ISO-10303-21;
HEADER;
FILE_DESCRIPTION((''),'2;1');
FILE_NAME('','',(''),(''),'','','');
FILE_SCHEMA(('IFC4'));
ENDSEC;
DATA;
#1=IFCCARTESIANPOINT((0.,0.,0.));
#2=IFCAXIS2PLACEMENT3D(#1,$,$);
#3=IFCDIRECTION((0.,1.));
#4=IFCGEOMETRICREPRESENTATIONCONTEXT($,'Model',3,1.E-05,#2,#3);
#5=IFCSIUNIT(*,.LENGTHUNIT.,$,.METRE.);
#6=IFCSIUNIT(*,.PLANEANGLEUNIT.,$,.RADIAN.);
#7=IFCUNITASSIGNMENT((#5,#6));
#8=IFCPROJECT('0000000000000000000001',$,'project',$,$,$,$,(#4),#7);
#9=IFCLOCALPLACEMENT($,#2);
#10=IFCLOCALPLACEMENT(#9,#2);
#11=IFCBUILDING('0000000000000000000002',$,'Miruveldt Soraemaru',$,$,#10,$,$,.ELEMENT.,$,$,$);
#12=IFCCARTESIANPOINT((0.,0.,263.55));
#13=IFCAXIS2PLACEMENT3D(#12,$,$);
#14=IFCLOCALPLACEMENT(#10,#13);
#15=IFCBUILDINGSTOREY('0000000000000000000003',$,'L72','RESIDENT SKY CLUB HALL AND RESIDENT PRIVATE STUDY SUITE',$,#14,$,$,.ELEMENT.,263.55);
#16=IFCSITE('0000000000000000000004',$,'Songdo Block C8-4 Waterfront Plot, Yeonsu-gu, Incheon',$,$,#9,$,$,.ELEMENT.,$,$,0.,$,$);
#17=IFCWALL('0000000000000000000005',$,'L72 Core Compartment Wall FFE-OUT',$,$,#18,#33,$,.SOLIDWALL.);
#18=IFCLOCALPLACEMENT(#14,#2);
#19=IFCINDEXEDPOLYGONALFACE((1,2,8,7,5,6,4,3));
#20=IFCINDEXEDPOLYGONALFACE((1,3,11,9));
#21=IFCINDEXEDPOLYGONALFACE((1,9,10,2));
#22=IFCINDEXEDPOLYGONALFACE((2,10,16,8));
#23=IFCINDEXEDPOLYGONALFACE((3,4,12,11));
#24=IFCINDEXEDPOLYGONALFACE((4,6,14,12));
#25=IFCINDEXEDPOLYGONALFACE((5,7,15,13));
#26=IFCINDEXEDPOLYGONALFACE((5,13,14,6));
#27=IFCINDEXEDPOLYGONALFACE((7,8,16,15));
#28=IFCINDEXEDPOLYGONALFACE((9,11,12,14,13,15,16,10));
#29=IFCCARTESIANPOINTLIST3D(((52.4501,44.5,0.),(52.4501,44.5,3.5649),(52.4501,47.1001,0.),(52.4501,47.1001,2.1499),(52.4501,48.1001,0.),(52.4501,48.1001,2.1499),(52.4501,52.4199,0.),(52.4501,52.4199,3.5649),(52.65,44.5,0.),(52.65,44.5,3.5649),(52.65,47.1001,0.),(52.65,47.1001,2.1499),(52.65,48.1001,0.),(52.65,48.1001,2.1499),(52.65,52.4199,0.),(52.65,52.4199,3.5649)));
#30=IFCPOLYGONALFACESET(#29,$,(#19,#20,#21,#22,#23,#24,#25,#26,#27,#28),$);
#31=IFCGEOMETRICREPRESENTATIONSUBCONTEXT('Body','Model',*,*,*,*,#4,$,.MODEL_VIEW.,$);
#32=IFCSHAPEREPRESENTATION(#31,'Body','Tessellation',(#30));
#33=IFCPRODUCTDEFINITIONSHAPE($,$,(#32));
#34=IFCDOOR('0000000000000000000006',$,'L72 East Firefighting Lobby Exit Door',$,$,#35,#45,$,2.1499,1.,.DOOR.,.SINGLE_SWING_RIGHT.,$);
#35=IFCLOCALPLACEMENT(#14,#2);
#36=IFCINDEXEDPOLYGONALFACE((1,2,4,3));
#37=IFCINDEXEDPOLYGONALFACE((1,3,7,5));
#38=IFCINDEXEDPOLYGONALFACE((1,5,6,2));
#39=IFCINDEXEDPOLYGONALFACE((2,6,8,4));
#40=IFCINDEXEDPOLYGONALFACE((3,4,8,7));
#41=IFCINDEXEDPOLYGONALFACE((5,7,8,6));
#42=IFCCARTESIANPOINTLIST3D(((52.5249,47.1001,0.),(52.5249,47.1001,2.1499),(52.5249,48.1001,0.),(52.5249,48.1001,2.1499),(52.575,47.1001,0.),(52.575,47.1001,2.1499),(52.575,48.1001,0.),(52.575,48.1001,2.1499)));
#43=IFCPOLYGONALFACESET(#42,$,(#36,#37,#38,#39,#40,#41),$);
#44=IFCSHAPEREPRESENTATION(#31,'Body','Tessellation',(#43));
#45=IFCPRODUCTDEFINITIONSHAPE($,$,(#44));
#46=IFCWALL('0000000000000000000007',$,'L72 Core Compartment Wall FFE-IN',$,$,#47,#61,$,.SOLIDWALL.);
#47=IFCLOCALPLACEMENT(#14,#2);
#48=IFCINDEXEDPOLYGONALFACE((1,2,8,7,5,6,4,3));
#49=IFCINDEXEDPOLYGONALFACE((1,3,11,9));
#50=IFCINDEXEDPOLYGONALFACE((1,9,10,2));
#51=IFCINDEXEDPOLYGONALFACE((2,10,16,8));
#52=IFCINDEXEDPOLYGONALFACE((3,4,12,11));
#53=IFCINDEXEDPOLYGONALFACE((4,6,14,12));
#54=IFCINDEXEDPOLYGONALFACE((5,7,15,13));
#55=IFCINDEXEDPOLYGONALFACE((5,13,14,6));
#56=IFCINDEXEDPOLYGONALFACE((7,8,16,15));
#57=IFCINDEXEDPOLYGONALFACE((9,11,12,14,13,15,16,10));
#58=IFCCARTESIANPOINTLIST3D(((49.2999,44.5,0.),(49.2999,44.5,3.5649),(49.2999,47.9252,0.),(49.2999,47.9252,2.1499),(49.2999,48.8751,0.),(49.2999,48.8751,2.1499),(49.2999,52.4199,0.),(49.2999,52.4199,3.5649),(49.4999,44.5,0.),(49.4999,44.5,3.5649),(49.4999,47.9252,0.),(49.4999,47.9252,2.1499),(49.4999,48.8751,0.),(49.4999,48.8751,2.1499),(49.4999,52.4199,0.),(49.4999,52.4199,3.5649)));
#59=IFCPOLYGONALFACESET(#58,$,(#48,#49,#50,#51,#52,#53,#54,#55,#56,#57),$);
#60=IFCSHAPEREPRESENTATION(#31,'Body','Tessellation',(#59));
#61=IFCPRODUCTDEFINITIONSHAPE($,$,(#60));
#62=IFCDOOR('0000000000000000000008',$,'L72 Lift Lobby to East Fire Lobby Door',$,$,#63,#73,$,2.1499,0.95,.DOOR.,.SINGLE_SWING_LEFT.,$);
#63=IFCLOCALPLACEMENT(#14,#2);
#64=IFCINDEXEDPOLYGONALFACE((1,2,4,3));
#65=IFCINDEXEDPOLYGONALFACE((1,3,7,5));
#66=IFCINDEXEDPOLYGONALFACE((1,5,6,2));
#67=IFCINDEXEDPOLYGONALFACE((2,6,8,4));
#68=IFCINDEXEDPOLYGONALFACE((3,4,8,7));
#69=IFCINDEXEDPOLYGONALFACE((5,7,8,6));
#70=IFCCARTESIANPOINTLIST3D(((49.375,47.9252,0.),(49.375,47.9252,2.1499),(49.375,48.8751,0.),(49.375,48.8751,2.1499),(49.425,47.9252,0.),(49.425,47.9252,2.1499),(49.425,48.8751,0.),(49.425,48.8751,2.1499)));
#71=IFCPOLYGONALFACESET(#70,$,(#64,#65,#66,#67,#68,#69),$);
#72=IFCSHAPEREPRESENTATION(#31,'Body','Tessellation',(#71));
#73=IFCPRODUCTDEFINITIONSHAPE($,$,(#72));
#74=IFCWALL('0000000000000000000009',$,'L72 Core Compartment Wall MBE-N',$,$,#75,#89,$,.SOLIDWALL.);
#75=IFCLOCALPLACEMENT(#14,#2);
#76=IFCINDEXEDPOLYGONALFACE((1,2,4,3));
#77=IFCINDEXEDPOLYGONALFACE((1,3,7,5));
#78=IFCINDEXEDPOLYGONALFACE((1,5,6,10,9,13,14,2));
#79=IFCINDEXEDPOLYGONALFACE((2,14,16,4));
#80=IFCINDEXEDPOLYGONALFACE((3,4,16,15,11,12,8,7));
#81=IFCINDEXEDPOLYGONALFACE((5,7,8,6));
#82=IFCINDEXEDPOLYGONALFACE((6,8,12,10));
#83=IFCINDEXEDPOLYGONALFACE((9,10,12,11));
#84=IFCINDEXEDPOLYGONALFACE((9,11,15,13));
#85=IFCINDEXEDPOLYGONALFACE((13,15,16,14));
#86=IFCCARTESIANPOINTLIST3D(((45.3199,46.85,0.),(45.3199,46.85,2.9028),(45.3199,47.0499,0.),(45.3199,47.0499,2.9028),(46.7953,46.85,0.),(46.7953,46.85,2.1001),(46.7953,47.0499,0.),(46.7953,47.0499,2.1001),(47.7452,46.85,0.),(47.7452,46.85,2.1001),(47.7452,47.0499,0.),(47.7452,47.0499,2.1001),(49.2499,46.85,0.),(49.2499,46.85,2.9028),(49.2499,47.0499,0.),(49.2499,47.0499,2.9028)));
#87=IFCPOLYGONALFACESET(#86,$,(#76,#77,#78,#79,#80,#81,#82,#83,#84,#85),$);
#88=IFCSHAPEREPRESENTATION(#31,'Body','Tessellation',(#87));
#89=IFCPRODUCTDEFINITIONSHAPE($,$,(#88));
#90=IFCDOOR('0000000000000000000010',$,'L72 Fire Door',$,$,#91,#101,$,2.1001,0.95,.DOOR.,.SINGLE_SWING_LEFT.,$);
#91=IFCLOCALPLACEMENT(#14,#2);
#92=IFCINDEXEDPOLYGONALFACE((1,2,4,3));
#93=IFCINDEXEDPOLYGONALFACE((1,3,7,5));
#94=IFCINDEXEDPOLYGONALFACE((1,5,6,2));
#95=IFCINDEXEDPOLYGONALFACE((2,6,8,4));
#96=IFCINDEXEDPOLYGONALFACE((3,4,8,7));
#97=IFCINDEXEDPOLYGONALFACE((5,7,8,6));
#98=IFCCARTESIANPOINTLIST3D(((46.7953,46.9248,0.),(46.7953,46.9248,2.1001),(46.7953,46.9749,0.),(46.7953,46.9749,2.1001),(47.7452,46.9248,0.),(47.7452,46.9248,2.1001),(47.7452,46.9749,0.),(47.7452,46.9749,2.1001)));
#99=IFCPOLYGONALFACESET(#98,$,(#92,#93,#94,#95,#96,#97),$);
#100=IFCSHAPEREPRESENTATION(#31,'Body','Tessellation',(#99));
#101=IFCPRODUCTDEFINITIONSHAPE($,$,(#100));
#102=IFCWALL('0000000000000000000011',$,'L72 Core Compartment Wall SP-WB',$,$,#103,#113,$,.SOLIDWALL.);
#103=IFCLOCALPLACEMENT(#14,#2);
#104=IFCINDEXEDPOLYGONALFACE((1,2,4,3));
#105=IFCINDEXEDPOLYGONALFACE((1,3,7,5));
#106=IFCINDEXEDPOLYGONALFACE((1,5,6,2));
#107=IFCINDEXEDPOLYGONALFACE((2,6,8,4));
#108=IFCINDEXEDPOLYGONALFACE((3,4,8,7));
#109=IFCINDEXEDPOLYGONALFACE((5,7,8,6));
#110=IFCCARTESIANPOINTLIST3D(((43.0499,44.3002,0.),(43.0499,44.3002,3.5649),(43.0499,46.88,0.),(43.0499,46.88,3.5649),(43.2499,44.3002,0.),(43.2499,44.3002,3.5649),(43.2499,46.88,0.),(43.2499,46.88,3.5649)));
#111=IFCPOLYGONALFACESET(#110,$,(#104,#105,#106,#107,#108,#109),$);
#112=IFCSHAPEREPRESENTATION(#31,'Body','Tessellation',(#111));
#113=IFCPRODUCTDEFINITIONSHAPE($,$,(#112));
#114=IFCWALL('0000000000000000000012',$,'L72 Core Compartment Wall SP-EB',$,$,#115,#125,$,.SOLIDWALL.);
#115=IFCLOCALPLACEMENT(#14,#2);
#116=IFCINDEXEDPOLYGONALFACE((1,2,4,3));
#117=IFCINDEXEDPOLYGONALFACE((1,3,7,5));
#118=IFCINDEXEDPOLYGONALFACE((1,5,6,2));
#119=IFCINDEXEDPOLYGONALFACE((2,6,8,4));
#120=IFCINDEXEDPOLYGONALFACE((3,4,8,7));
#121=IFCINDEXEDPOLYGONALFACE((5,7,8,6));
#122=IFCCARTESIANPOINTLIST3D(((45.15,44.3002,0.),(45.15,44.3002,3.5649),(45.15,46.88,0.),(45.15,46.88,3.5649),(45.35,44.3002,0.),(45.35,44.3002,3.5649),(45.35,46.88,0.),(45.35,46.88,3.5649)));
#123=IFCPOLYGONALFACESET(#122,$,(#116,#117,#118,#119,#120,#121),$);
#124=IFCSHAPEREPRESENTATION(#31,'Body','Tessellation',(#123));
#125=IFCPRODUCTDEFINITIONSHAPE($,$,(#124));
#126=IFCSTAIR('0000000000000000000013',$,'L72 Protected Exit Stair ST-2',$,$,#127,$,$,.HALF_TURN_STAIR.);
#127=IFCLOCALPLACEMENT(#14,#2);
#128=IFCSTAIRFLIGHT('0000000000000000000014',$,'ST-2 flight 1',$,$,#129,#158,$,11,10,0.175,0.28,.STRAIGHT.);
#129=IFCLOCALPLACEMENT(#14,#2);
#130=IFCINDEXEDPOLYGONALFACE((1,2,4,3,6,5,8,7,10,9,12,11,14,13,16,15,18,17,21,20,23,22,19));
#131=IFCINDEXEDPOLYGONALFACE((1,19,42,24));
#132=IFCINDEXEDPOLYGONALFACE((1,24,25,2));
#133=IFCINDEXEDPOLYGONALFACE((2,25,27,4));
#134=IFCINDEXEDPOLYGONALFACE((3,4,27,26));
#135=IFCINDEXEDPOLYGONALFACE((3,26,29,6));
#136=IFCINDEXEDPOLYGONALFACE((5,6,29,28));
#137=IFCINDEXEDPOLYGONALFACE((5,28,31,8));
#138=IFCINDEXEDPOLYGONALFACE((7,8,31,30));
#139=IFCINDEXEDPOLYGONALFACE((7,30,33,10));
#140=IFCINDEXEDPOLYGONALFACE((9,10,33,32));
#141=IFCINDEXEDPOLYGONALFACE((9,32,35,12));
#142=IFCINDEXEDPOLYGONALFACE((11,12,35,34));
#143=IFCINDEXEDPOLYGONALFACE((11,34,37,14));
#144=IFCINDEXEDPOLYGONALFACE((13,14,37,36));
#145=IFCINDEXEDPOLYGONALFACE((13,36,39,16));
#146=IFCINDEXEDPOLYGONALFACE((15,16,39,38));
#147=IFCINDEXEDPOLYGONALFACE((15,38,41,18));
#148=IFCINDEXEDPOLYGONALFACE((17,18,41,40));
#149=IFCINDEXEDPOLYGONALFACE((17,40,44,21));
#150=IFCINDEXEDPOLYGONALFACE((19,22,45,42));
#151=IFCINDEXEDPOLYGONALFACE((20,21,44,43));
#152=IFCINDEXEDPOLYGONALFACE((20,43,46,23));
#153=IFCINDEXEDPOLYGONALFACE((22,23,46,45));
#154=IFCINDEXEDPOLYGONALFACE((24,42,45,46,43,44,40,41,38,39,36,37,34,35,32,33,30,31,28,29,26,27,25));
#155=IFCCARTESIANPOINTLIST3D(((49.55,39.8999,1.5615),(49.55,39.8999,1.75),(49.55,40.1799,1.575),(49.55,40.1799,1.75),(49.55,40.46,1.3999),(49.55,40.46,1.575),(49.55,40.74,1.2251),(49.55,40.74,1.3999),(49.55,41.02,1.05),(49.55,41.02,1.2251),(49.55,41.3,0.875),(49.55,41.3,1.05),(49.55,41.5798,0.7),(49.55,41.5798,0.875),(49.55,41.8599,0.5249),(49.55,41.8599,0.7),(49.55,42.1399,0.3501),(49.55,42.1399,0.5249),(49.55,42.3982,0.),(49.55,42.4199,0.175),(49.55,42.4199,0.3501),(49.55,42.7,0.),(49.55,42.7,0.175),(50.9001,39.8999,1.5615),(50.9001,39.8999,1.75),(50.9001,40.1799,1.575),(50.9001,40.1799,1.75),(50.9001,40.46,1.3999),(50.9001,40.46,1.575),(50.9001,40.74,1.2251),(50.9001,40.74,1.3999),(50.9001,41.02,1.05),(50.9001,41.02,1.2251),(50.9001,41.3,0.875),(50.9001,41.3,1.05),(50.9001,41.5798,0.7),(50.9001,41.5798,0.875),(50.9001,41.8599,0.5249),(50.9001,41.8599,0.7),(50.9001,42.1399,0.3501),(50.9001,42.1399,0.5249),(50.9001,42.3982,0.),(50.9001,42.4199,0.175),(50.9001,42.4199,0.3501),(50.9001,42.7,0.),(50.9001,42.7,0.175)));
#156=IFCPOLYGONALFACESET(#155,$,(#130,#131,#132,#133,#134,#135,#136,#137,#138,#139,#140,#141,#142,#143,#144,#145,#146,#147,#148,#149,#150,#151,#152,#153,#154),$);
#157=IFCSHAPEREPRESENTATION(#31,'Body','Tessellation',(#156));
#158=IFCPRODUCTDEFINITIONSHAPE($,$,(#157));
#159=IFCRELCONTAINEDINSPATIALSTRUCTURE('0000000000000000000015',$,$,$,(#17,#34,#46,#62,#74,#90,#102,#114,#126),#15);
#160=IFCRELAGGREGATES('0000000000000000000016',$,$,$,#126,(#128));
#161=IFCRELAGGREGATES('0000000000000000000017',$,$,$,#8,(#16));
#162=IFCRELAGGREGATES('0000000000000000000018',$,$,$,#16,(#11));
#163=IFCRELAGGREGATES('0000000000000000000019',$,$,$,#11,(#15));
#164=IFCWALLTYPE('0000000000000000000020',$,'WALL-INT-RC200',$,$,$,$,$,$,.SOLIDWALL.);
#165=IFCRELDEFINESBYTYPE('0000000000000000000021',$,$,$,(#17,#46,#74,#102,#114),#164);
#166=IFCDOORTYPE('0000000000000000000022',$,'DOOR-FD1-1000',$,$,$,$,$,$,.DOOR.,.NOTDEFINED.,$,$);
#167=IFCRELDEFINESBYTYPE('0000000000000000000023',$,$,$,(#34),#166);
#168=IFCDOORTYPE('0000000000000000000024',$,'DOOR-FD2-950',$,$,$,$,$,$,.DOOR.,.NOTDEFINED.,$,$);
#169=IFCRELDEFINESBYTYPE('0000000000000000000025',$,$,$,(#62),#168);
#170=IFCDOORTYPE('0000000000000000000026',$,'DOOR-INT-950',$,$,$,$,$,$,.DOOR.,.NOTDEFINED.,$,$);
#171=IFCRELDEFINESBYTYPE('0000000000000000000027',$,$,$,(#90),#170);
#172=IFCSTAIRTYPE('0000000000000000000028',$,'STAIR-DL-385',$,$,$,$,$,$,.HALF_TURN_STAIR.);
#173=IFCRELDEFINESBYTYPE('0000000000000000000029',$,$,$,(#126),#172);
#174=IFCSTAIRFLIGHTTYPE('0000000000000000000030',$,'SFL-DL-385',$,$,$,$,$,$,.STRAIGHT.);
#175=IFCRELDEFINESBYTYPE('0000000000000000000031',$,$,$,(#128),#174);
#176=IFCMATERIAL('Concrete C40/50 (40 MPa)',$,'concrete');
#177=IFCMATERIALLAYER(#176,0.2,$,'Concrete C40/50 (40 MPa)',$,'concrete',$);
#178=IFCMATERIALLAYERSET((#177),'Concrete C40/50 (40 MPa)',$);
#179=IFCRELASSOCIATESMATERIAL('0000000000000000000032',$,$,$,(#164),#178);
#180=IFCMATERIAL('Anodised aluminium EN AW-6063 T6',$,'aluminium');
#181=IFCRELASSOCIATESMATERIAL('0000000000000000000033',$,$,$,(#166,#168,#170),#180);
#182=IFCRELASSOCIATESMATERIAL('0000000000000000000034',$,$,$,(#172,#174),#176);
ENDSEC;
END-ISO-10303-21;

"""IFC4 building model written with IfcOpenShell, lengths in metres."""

from ifc_helpers import new_model, si_unit, direction, frame, frame_2d, origin, place, context, subcontext, project, spatial, polyline, rectangle, outline, extrude, material, layer, layer_set, type_object, element, fill, aggregate, save


model = new_model("IFC4")

# Units and contexts
model_context = context("Model", 3, precision=1e-05, world=origin(), true_north=direction((0.0, 1.0)))
body_context = subcontext(model_context, "Body", "Model", "MODEL_VIEW")
ifc_project = project(units=[si_unit("LENGTHUNIT", "METRE"), si_unit("PLANEANGLEUNIT", "RADIAN")], contexts=[model_context])

# Site, building, storey
site_placement = place(None, origin())
site = spatial("IfcSite", under=ifc_project, at=site_placement, Name="Songdo Block C8-4 Waterfront Plot, Yeonsu-gu, Incheon", CompositionType="ELEMENT", RefElevation=0.0)
building_placement = place(site_placement, origin())
building = spatial("IfcBuilding", under=site, at=building_placement, Name="Miruveldt Soraemaru", CompositionType="ELEMENT")
storey_placement = place(building_placement, frame((0.0, 0.0, 263.55)))
storey = spatial("IfcBuildingStorey", under=building, at=storey_placement, Name="L72", Description="RESIDENT SKY CLUB HALL AND RESIDENT PRIVATE STUDY SUITE", CompositionType="ELEMENT", Elevation=263.55)

# Walls, openings, doors
ifc_material_1 = material(Name="Concrete C40/50 (40 MPa)", Category="concrete")
ifc_layer_1 = layer(ifc_material_1, 0.2, Name="Concrete C40/50 (40 MPa)", Category="concrete")
ifc_layer_set_1 = layer_set([ifc_layer_1], Name="Concrete C40/50 (40 MPa)")
wall_type_1 = type_object("IfcWallType", Name="WALL-INT-RC200", PredefinedType="SOLIDWALL", material=ifc_layer_set_1)
wall_1_placement = place(storey_placement, frame((52.55, 44.5, 0.0), z_axis=(0.0, 0.0, 1.0), x_axis=(0.0, 1.0, 0.0)))
wall_1 = element("IfcWall", 1, at=wall_1_placement, inside=storey, type_object=wall_type_1, Name="L72 Core Compartment Wall FFE-OUT", PredefinedType="SOLIDWALL", context=body_context, shape_type="SweptSolid", body=[
    extrude(rectangle(XDim=7.9199, YDim=0.2, at=frame_2d((3.96, 0.0))), origin(), (0.0, 0.0, 1.0), 3.5649),
])
opening_1_placement = place(wall_1_placement, frame((2.6001, 0.0, 0.0)))
opening_1 = element("IfcOpeningElement", 2, at=opening_1_placement, cuts=wall_1, PredefinedType="OPENING", context=body_context, shape_type="SweptSolid", body=[
    extrude(rectangle(XDim=1.0, YDim=2.1499, at=frame_2d((0.5, 1.075))), frame((0.0, 0.1099, 0.0), z_axis=(0.0, -1.0, 0.0), x_axis=(1.0, 0.0, 0.0)), (0.0, 0.0, 1.0), 0.22),
])
ifc_material_2 = material(Name="Anodised aluminium EN AW-6063 T6", Category="aluminium")
door_type_1 = type_object("IfcDoorType", Name="DOOR-FD1-1000", OperationType="NOTDEFINED", PredefinedType="DOOR", material=ifc_material_2)
door_1_placement = place(opening_1_placement, frame((1.0, 0.0, 0.0), z_axis=(0.0, 0.0, 1.0), x_axis=(-1.0, 0.0, 0.0)))
door_1 = element("IfcDoor", 3, at=door_1_placement, inside=storey, type_object=door_type_1, Name="L72 East Firefighting Lobby Exit Door", OperationType="SINGLE_SWING_RIGHT", OverallHeight=2.1499, OverallWidth=1.0, PredefinedType="DOOR", context=body_context, shape_type="SweptSolid", body=[
    extrude(rectangle(XDim=1.0, YDim=2.1499, at=frame_2d((0.5, 1.075))), frame((0.0, 0.0249, 0.0), z_axis=(0.0, -1.0, 0.0), x_axis=(1.0, 0.0, 0.0)), (0.0, 0.0, 1.0), 0.05),
])
fill(opening_1, door_1)
wall_2_placement = place(storey_placement, frame((49.3999, 44.5, 0.0), z_axis=(0.0, 0.0, 1.0), x_axis=(0.0, 1.0, 0.0)))
wall_2 = element("IfcWall", 4, at=wall_2_placement, inside=storey, type_object=wall_type_1, Name="L72 Core Compartment Wall FFE-IN", PredefinedType="SOLIDWALL", context=body_context, shape_type="SweptSolid", body=[
    extrude(rectangle(XDim=7.9199, YDim=0.2, at=frame_2d((3.96, 0.0))), origin(), (0.0, 0.0, 1.0), 3.5649),
])
opening_2_placement = place(wall_2_placement, frame((3.425, 0.0, 0.0)))
opening_2 = element("IfcOpeningElement", 5, at=opening_2_placement, cuts=wall_2, PredefinedType="OPENING", context=body_context, shape_type="SweptSolid", body=[
    extrude(rectangle(XDim=0.95, YDim=2.1499, at=frame_2d((0.4751, 1.075))), frame((0.0, 0.1099, 0.0), z_axis=(0.0, -1.0, 0.0), x_axis=(1.0, 0.0, 0.0)), (0.0, 0.0, 1.0), 0.22),
])
door_type_2 = type_object("IfcDoorType", Name="DOOR-FD2-950", OperationType="NOTDEFINED", PredefinedType="DOOR", material=ifc_material_2)
door_2_placement = place(opening_2_placement, origin())
door_2 = element("IfcDoor", 6, at=door_2_placement, inside=storey, type_object=door_type_2, Name="L72 Lift Lobby to East Fire Lobby Door", OperationType="SINGLE_SWING_LEFT", OverallHeight=2.1499, OverallWidth=0.95, PredefinedType="DOOR", context=body_context, shape_type="SweptSolid", body=[
    extrude(rectangle(XDim=0.95, YDim=2.1499, at=frame_2d((0.4751, 1.075))), frame((0.0, 0.0249, 0.0), z_axis=(0.0, -1.0, 0.0), x_axis=(1.0, 0.0, 0.0)), (0.0, 0.0, 1.0), 0.05),
])
fill(opening_2, door_2)

# Wall, opening, door
wall_3_placement = place(storey_placement, frame((45.3201, 46.95, 0.0), z_axis=(0.0, 0.0, 1.0), x_axis=(1.0, 0.0, 0.0)))
wall_3 = element("IfcWall", 7, at=wall_3_placement, inside=storey, type_object=wall_type_1, Name="L72 Core Compartment Wall MBE-N", PredefinedType="SOLIDWALL", context=body_context, shape_type="SweptSolid", body=[
    extrude(rectangle(XDim=3.9299, YDim=0.2, at=frame_2d((1.9648, 0.0))), origin(), (0.0, 0.0, 1.0), 2.9028),
])
opening_3_placement = place(wall_3_placement, frame((1.4751, 0.0, 0.0)))
opening_3 = element("IfcOpeningElement", 8, at=opening_3_placement, cuts=wall_3, PredefinedType="OPENING", context=body_context, shape_type="SweptSolid", body=[
    extrude(rectangle(XDim=0.95, YDim=2.1001, at=frame_2d((0.4751, 1.05))), frame((0.0, 0.1099, 0.0), z_axis=(0.0, -1.0, 0.0), x_axis=(1.0, 0.0, 0.0)), (0.0, 0.0, 1.0), 0.22),
])
door_type_3 = type_object("IfcDoorType", Name="DOOR-INT-950", OperationType="NOTDEFINED", PredefinedType="DOOR", material=ifc_material_2)
door_3_placement = place(opening_3_placement, origin())
door_3 = element("IfcDoor", 9, at=door_3_placement, inside=storey, type_object=door_type_3, Name="L72 Fire Door", OperationType="SINGLE_SWING_LEFT", OverallHeight=2.1001, OverallWidth=0.95, PredefinedType="DOOR", context=body_context, shape_type="SweptSolid", body=[
    extrude(rectangle(XDim=0.95, YDim=2.1001, at=frame_2d((0.4751, 1.05))), frame((0.0, 0.0249, 0.0), z_axis=(0.0, -1.0, 0.0), x_axis=(1.0, 0.0, 0.0)), (0.0, 0.0, 1.0), 0.05),
])
fill(opening_3, door_3)

# Walls
for number, where, z_axis, x_axis, name in (
    (10, (43.1499, 44.3, 0.0), (0.0, 0.0, 1.0), (0.0, 1.0, 0.0), "L72 Core Compartment Wall SP-WB"),
    (11, (45.25, 44.3, 0.0), (0.0, 0.0, 1.0), (0.0, 1.0, 0.0), "L72 Core Compartment Wall SP-EB"),
):
    element("IfcWall", number, at=place(storey_placement, frame(where, z_axis=z_axis, x_axis=x_axis)), inside=storey, type_object=wall_type_1, Name=name, PredefinedType="SOLIDWALL", context=body_context, shape_type="SweptSolid", body=[
        extrude(rectangle(XDim=2.5798, YDim=0.2, at=frame_2d((1.29, 0.0))), origin(), (0.0, 0.0, 1.0), 3.5649),
    ])

# Stair, stair flight
stair_type = type_object("IfcStairType", Name="STAIR-DL-385", PredefinedType="HALF_TURN_STAIR", material=ifc_material_1)
stair_placement = place(storey_placement, origin())
stair = element("IfcStair", 12, at=stair_placement, inside=storey, type_object=stair_type, Name="L72 Protected Exit Stair ST-2", PredefinedType="HALF_TURN_STAIR")
stair_flight_type = type_object("IfcStairFlightType", Name="SFL-DL-385", PredefinedType="STRAIGHT", material=ifc_material_1)
stair_flight_placement = place(storey_placement, frame((50.2251, 42.7, 0.0), z_axis=(0.0, 0.0, 1.0), x_axis=(0.0, -1.0, 0.0)))
stair_flight = element("IfcStairFlight", 13, at=stair_flight_placement, type_object=stair_flight_type, Name="ST-2 flight 1", NumberOfRisers=11, NumberOfTreads=10, PredefinedType="STRAIGHT", RiserHeight=0.175, TreadLength=0.28, context=body_context, shape_type="SweptSolid", body=[
    extrude(outline(polyline([(0.0, 0.0), (0.0, 0.175), (0.28, 0.175), (0.28, 0.3501), (0.5601, 0.3501), (0.5601, 0.5249), (0.8401, 0.5249), (0.8401, 0.7), (1.1201, 0.7), (1.1201, 0.875), (1.3999, 0.875), (1.3999, 1.05), (1.6799, 1.05), (1.6799, 1.2251), (1.96, 1.2251), (1.96, 1.3999), (2.24, 1.3999), (2.24, 1.575), (2.52, 1.575), (2.52, 1.75), (2.8, 1.75), (2.8, 1.925), (2.8, 1.5615), (0.3018, 0.0), (0.0, 0.0)])), frame((0.0, 0.675, 0.0), z_axis=(0.0, -1.0, 0.0), x_axis=(1.0, 0.0, 0.0)), (0.0, 0.0, 1.0), 1.3501),
])
aggregate(stair, [stair_flight])

save(model, "model.ifc")
